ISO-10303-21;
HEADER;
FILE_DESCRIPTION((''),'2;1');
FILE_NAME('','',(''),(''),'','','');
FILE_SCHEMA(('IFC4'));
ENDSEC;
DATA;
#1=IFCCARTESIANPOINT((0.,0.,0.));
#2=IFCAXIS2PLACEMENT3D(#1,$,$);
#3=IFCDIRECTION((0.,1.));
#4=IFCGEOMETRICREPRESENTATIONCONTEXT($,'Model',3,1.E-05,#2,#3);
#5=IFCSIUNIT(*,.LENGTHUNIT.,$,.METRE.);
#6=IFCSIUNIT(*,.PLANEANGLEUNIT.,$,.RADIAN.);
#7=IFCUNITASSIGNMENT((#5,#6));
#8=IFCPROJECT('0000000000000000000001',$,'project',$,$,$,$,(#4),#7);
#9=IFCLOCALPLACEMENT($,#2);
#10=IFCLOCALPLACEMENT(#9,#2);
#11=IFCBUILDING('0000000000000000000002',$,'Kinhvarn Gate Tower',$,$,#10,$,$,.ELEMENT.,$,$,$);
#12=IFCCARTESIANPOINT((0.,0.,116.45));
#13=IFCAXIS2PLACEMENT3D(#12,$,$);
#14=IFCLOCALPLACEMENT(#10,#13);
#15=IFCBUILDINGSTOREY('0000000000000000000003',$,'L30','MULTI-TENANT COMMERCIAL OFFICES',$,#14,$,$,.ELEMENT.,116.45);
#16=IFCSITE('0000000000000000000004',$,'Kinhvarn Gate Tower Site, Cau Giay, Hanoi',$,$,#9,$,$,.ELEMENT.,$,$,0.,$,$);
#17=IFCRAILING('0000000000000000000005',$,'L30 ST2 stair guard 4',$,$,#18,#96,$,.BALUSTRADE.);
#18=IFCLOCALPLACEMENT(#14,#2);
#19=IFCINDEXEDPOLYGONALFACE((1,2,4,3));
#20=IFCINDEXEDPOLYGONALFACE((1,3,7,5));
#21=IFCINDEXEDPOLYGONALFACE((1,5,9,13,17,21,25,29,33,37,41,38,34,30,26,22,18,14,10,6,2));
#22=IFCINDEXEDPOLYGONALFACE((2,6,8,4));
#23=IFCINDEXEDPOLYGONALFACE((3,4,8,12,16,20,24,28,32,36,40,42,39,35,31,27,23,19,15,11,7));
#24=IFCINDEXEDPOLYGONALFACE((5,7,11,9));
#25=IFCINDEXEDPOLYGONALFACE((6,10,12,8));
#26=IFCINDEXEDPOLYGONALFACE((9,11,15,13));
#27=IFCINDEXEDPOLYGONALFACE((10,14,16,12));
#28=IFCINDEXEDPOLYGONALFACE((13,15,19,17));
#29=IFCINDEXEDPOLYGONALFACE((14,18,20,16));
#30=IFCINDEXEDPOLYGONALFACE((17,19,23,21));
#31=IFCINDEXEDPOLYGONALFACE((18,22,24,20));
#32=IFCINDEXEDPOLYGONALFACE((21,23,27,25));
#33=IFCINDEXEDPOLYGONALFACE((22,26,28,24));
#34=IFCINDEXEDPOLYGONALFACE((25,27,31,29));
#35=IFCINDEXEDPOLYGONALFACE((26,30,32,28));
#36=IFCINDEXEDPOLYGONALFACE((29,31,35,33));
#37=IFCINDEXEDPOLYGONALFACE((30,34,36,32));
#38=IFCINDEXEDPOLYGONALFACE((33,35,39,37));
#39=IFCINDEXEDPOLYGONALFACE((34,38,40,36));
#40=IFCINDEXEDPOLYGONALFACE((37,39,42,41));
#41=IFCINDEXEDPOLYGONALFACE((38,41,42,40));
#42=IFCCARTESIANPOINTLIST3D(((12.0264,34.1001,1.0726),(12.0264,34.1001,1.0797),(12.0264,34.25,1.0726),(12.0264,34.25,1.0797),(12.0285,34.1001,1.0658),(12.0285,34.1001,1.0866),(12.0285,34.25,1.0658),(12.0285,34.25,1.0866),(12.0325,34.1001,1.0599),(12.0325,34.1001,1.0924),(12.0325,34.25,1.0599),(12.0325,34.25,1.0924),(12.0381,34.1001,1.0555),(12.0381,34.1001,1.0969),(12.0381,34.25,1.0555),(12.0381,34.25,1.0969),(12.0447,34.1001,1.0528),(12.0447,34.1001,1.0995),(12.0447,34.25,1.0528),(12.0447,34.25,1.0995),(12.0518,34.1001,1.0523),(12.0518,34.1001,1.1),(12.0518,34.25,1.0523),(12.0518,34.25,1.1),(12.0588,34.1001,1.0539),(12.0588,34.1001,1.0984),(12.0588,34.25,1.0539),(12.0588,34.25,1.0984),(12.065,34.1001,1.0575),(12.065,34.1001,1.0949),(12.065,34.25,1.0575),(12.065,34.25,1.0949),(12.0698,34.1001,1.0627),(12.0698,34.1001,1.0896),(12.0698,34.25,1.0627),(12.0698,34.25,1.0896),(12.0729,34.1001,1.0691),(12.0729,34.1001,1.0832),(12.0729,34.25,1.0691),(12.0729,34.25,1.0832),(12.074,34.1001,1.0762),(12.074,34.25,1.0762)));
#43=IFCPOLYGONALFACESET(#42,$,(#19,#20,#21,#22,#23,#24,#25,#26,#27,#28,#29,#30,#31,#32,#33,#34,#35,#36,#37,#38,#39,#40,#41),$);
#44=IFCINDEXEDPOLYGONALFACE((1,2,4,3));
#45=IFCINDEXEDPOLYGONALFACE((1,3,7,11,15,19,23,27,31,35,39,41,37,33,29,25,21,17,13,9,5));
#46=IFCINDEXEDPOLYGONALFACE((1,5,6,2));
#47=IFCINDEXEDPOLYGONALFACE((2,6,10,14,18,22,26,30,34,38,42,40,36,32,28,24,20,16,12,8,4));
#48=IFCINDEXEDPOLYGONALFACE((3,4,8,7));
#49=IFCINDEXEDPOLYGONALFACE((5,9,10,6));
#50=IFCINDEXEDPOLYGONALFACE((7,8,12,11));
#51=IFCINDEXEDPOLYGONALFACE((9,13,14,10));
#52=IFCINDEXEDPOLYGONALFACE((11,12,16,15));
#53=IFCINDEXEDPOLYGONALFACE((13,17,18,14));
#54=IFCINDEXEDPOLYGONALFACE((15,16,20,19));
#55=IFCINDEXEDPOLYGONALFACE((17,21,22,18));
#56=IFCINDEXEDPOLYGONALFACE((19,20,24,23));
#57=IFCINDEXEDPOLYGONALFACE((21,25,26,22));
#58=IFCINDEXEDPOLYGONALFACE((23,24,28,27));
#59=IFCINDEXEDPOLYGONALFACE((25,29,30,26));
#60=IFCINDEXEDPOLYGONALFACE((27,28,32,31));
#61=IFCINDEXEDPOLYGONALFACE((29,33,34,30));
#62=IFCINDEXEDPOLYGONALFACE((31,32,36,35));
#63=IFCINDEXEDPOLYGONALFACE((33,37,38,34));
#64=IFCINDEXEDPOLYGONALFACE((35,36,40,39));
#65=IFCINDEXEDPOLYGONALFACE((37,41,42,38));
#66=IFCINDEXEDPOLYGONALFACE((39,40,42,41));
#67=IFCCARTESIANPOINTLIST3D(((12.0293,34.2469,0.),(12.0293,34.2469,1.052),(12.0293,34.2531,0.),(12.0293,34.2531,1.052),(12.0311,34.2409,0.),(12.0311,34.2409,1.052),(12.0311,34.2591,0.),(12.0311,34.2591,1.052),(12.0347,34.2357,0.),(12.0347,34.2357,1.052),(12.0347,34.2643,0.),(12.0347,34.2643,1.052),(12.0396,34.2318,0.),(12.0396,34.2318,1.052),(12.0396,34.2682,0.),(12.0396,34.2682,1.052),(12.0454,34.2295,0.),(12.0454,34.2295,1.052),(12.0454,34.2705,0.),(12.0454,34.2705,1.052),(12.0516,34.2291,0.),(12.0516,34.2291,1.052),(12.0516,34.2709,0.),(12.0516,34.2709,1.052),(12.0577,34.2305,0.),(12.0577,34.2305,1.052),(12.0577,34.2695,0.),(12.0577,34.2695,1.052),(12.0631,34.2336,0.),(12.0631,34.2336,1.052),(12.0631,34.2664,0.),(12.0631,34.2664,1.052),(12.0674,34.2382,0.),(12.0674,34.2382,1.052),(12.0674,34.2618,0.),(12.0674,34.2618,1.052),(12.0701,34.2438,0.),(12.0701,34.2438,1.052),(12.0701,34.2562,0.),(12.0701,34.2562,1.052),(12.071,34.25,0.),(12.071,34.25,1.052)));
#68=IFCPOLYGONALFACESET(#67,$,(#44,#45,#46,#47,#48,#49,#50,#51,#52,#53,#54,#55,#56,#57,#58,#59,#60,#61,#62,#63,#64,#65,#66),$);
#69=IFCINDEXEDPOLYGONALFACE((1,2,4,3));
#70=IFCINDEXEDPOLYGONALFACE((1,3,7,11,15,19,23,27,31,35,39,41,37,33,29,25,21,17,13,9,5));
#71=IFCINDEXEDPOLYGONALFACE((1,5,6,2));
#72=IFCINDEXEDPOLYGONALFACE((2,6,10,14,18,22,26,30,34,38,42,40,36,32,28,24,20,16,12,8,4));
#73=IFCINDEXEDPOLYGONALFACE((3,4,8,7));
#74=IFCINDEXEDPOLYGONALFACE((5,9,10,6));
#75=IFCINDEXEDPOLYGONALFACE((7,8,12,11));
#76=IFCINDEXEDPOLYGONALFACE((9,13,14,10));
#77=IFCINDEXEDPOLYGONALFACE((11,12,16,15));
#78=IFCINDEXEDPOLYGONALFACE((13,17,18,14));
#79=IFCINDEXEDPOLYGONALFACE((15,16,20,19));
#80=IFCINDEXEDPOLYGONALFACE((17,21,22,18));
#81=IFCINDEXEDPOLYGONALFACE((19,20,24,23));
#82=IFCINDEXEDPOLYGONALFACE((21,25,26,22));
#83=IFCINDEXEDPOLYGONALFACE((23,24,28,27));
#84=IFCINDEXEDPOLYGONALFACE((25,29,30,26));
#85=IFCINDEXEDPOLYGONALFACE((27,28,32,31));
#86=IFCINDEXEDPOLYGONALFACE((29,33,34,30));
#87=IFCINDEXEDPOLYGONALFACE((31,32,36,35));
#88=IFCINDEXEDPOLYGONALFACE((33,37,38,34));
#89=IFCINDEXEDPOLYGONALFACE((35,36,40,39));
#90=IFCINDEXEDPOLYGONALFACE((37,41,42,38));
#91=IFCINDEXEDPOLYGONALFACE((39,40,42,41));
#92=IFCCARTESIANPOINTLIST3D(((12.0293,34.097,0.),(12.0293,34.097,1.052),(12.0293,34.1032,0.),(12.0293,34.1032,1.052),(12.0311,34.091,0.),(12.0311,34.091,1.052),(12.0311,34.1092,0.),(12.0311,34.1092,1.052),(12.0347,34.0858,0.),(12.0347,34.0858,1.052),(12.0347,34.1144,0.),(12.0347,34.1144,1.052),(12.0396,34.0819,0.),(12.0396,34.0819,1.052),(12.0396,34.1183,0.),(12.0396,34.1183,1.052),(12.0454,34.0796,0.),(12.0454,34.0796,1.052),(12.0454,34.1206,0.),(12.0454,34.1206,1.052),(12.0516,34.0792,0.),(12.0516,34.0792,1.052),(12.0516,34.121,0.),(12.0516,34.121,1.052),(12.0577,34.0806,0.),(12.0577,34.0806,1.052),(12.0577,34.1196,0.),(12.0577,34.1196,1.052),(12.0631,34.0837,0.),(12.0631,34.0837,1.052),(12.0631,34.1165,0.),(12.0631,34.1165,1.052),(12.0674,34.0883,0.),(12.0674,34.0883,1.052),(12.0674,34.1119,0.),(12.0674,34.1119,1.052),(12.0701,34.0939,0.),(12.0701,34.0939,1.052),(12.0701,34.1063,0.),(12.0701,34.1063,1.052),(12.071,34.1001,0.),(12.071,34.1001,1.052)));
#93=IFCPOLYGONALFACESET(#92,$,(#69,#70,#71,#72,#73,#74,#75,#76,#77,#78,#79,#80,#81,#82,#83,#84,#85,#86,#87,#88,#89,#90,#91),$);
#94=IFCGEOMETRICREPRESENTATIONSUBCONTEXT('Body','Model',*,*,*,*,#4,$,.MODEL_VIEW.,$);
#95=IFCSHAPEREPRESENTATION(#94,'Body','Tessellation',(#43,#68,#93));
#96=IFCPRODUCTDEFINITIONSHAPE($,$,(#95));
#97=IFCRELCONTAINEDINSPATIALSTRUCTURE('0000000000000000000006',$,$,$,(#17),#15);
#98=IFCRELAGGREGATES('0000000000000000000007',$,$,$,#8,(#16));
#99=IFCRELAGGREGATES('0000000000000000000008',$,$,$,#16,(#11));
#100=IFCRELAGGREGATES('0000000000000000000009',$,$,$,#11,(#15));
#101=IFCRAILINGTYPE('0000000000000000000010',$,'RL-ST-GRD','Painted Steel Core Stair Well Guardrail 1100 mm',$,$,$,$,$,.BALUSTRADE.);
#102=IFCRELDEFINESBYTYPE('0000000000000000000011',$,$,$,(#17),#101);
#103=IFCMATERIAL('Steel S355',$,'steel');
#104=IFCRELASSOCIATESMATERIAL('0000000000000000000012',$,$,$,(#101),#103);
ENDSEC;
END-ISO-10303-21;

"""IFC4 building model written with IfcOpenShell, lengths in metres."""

from ifc_helpers import new_model, si_unit, direction, frame, origin, origin_2d, place, context, subcontext, project, spatial, circle, extrude, material, type_object, element, save


model = new_model("IFC4")

# Units and contexts
model_context = context("Model", 3, precision=1e-05, world=origin(), true_north=direction((0.0, 1.0)))
body_context = subcontext(model_context, "Body", "Model", "MODEL_VIEW")
ifc_project = project(units=[si_unit("LENGTHUNIT", "METRE"), si_unit("PLANEANGLEUNIT", "RADIAN")], contexts=[model_context])

# Site, building, storey
site_placement = place(None, origin())
site = spatial("IfcSite", under=ifc_project, at=site_placement, Name="Kinhvarn Gate Tower Site, Cau Giay, Hanoi", CompositionType="ELEMENT", RefElevation=0.0)
building_placement = place(site_placement, origin())
building = spatial("IfcBuilding", under=site, at=building_placement, Name="Kinhvarn Gate Tower", CompositionType="ELEMENT")
storey_placement = place(building_placement, frame((0.0, 0.0, 116.45)))
storey = spatial("IfcBuildingStorey", under=building, at=storey_placement, Name="L30", Description="MULTI-TENANT COMMERCIAL OFFICES", CompositionType="ELEMENT", Elevation=116.45)

# Shared definitions
ifc_material_1 = material(Name="Steel S355", Category="steel")

# Railing
railing_type_1 = type_object("IfcRailingType", Name="RL-ST-GRD", Description="Painted Steel Core Stair Well Guardrail 1100 mm", PredefinedType="BALUSTRADE", material=ifc_material_1)
railing_1_placement = place(storey_placement, frame((12.05, 34.25, 0.0)))
element("IfcRailing", 1, at=railing_1_placement, inside=storey, type_object=railing_type_1, Name="L30 ST2 stair guard 4", PredefinedType="BALUSTRADE", context=body_context, shape_type="SweptSolid", body=[
    extrude(circle(Radius=0.0239, at=origin_2d()), frame((0.0, 0.0, 1.0762), z_axis=(0.0, -1.0, 0.0), x_axis=(1.0, 0.0, 0.0)), (0.0, 0.0, 1.0), 0.1499),
    extrude(circle(Radius=0.021, at=origin_2d()), origin(), (0.0, 0.0, 1.0), 1.052),
    extrude(circle(Radius=0.021, at=origin_2d()), frame((0.0, -0.1499, 0.0)), (0.0, 0.0, 1.0), 1.052),
])

save(model, "model.ifc")
